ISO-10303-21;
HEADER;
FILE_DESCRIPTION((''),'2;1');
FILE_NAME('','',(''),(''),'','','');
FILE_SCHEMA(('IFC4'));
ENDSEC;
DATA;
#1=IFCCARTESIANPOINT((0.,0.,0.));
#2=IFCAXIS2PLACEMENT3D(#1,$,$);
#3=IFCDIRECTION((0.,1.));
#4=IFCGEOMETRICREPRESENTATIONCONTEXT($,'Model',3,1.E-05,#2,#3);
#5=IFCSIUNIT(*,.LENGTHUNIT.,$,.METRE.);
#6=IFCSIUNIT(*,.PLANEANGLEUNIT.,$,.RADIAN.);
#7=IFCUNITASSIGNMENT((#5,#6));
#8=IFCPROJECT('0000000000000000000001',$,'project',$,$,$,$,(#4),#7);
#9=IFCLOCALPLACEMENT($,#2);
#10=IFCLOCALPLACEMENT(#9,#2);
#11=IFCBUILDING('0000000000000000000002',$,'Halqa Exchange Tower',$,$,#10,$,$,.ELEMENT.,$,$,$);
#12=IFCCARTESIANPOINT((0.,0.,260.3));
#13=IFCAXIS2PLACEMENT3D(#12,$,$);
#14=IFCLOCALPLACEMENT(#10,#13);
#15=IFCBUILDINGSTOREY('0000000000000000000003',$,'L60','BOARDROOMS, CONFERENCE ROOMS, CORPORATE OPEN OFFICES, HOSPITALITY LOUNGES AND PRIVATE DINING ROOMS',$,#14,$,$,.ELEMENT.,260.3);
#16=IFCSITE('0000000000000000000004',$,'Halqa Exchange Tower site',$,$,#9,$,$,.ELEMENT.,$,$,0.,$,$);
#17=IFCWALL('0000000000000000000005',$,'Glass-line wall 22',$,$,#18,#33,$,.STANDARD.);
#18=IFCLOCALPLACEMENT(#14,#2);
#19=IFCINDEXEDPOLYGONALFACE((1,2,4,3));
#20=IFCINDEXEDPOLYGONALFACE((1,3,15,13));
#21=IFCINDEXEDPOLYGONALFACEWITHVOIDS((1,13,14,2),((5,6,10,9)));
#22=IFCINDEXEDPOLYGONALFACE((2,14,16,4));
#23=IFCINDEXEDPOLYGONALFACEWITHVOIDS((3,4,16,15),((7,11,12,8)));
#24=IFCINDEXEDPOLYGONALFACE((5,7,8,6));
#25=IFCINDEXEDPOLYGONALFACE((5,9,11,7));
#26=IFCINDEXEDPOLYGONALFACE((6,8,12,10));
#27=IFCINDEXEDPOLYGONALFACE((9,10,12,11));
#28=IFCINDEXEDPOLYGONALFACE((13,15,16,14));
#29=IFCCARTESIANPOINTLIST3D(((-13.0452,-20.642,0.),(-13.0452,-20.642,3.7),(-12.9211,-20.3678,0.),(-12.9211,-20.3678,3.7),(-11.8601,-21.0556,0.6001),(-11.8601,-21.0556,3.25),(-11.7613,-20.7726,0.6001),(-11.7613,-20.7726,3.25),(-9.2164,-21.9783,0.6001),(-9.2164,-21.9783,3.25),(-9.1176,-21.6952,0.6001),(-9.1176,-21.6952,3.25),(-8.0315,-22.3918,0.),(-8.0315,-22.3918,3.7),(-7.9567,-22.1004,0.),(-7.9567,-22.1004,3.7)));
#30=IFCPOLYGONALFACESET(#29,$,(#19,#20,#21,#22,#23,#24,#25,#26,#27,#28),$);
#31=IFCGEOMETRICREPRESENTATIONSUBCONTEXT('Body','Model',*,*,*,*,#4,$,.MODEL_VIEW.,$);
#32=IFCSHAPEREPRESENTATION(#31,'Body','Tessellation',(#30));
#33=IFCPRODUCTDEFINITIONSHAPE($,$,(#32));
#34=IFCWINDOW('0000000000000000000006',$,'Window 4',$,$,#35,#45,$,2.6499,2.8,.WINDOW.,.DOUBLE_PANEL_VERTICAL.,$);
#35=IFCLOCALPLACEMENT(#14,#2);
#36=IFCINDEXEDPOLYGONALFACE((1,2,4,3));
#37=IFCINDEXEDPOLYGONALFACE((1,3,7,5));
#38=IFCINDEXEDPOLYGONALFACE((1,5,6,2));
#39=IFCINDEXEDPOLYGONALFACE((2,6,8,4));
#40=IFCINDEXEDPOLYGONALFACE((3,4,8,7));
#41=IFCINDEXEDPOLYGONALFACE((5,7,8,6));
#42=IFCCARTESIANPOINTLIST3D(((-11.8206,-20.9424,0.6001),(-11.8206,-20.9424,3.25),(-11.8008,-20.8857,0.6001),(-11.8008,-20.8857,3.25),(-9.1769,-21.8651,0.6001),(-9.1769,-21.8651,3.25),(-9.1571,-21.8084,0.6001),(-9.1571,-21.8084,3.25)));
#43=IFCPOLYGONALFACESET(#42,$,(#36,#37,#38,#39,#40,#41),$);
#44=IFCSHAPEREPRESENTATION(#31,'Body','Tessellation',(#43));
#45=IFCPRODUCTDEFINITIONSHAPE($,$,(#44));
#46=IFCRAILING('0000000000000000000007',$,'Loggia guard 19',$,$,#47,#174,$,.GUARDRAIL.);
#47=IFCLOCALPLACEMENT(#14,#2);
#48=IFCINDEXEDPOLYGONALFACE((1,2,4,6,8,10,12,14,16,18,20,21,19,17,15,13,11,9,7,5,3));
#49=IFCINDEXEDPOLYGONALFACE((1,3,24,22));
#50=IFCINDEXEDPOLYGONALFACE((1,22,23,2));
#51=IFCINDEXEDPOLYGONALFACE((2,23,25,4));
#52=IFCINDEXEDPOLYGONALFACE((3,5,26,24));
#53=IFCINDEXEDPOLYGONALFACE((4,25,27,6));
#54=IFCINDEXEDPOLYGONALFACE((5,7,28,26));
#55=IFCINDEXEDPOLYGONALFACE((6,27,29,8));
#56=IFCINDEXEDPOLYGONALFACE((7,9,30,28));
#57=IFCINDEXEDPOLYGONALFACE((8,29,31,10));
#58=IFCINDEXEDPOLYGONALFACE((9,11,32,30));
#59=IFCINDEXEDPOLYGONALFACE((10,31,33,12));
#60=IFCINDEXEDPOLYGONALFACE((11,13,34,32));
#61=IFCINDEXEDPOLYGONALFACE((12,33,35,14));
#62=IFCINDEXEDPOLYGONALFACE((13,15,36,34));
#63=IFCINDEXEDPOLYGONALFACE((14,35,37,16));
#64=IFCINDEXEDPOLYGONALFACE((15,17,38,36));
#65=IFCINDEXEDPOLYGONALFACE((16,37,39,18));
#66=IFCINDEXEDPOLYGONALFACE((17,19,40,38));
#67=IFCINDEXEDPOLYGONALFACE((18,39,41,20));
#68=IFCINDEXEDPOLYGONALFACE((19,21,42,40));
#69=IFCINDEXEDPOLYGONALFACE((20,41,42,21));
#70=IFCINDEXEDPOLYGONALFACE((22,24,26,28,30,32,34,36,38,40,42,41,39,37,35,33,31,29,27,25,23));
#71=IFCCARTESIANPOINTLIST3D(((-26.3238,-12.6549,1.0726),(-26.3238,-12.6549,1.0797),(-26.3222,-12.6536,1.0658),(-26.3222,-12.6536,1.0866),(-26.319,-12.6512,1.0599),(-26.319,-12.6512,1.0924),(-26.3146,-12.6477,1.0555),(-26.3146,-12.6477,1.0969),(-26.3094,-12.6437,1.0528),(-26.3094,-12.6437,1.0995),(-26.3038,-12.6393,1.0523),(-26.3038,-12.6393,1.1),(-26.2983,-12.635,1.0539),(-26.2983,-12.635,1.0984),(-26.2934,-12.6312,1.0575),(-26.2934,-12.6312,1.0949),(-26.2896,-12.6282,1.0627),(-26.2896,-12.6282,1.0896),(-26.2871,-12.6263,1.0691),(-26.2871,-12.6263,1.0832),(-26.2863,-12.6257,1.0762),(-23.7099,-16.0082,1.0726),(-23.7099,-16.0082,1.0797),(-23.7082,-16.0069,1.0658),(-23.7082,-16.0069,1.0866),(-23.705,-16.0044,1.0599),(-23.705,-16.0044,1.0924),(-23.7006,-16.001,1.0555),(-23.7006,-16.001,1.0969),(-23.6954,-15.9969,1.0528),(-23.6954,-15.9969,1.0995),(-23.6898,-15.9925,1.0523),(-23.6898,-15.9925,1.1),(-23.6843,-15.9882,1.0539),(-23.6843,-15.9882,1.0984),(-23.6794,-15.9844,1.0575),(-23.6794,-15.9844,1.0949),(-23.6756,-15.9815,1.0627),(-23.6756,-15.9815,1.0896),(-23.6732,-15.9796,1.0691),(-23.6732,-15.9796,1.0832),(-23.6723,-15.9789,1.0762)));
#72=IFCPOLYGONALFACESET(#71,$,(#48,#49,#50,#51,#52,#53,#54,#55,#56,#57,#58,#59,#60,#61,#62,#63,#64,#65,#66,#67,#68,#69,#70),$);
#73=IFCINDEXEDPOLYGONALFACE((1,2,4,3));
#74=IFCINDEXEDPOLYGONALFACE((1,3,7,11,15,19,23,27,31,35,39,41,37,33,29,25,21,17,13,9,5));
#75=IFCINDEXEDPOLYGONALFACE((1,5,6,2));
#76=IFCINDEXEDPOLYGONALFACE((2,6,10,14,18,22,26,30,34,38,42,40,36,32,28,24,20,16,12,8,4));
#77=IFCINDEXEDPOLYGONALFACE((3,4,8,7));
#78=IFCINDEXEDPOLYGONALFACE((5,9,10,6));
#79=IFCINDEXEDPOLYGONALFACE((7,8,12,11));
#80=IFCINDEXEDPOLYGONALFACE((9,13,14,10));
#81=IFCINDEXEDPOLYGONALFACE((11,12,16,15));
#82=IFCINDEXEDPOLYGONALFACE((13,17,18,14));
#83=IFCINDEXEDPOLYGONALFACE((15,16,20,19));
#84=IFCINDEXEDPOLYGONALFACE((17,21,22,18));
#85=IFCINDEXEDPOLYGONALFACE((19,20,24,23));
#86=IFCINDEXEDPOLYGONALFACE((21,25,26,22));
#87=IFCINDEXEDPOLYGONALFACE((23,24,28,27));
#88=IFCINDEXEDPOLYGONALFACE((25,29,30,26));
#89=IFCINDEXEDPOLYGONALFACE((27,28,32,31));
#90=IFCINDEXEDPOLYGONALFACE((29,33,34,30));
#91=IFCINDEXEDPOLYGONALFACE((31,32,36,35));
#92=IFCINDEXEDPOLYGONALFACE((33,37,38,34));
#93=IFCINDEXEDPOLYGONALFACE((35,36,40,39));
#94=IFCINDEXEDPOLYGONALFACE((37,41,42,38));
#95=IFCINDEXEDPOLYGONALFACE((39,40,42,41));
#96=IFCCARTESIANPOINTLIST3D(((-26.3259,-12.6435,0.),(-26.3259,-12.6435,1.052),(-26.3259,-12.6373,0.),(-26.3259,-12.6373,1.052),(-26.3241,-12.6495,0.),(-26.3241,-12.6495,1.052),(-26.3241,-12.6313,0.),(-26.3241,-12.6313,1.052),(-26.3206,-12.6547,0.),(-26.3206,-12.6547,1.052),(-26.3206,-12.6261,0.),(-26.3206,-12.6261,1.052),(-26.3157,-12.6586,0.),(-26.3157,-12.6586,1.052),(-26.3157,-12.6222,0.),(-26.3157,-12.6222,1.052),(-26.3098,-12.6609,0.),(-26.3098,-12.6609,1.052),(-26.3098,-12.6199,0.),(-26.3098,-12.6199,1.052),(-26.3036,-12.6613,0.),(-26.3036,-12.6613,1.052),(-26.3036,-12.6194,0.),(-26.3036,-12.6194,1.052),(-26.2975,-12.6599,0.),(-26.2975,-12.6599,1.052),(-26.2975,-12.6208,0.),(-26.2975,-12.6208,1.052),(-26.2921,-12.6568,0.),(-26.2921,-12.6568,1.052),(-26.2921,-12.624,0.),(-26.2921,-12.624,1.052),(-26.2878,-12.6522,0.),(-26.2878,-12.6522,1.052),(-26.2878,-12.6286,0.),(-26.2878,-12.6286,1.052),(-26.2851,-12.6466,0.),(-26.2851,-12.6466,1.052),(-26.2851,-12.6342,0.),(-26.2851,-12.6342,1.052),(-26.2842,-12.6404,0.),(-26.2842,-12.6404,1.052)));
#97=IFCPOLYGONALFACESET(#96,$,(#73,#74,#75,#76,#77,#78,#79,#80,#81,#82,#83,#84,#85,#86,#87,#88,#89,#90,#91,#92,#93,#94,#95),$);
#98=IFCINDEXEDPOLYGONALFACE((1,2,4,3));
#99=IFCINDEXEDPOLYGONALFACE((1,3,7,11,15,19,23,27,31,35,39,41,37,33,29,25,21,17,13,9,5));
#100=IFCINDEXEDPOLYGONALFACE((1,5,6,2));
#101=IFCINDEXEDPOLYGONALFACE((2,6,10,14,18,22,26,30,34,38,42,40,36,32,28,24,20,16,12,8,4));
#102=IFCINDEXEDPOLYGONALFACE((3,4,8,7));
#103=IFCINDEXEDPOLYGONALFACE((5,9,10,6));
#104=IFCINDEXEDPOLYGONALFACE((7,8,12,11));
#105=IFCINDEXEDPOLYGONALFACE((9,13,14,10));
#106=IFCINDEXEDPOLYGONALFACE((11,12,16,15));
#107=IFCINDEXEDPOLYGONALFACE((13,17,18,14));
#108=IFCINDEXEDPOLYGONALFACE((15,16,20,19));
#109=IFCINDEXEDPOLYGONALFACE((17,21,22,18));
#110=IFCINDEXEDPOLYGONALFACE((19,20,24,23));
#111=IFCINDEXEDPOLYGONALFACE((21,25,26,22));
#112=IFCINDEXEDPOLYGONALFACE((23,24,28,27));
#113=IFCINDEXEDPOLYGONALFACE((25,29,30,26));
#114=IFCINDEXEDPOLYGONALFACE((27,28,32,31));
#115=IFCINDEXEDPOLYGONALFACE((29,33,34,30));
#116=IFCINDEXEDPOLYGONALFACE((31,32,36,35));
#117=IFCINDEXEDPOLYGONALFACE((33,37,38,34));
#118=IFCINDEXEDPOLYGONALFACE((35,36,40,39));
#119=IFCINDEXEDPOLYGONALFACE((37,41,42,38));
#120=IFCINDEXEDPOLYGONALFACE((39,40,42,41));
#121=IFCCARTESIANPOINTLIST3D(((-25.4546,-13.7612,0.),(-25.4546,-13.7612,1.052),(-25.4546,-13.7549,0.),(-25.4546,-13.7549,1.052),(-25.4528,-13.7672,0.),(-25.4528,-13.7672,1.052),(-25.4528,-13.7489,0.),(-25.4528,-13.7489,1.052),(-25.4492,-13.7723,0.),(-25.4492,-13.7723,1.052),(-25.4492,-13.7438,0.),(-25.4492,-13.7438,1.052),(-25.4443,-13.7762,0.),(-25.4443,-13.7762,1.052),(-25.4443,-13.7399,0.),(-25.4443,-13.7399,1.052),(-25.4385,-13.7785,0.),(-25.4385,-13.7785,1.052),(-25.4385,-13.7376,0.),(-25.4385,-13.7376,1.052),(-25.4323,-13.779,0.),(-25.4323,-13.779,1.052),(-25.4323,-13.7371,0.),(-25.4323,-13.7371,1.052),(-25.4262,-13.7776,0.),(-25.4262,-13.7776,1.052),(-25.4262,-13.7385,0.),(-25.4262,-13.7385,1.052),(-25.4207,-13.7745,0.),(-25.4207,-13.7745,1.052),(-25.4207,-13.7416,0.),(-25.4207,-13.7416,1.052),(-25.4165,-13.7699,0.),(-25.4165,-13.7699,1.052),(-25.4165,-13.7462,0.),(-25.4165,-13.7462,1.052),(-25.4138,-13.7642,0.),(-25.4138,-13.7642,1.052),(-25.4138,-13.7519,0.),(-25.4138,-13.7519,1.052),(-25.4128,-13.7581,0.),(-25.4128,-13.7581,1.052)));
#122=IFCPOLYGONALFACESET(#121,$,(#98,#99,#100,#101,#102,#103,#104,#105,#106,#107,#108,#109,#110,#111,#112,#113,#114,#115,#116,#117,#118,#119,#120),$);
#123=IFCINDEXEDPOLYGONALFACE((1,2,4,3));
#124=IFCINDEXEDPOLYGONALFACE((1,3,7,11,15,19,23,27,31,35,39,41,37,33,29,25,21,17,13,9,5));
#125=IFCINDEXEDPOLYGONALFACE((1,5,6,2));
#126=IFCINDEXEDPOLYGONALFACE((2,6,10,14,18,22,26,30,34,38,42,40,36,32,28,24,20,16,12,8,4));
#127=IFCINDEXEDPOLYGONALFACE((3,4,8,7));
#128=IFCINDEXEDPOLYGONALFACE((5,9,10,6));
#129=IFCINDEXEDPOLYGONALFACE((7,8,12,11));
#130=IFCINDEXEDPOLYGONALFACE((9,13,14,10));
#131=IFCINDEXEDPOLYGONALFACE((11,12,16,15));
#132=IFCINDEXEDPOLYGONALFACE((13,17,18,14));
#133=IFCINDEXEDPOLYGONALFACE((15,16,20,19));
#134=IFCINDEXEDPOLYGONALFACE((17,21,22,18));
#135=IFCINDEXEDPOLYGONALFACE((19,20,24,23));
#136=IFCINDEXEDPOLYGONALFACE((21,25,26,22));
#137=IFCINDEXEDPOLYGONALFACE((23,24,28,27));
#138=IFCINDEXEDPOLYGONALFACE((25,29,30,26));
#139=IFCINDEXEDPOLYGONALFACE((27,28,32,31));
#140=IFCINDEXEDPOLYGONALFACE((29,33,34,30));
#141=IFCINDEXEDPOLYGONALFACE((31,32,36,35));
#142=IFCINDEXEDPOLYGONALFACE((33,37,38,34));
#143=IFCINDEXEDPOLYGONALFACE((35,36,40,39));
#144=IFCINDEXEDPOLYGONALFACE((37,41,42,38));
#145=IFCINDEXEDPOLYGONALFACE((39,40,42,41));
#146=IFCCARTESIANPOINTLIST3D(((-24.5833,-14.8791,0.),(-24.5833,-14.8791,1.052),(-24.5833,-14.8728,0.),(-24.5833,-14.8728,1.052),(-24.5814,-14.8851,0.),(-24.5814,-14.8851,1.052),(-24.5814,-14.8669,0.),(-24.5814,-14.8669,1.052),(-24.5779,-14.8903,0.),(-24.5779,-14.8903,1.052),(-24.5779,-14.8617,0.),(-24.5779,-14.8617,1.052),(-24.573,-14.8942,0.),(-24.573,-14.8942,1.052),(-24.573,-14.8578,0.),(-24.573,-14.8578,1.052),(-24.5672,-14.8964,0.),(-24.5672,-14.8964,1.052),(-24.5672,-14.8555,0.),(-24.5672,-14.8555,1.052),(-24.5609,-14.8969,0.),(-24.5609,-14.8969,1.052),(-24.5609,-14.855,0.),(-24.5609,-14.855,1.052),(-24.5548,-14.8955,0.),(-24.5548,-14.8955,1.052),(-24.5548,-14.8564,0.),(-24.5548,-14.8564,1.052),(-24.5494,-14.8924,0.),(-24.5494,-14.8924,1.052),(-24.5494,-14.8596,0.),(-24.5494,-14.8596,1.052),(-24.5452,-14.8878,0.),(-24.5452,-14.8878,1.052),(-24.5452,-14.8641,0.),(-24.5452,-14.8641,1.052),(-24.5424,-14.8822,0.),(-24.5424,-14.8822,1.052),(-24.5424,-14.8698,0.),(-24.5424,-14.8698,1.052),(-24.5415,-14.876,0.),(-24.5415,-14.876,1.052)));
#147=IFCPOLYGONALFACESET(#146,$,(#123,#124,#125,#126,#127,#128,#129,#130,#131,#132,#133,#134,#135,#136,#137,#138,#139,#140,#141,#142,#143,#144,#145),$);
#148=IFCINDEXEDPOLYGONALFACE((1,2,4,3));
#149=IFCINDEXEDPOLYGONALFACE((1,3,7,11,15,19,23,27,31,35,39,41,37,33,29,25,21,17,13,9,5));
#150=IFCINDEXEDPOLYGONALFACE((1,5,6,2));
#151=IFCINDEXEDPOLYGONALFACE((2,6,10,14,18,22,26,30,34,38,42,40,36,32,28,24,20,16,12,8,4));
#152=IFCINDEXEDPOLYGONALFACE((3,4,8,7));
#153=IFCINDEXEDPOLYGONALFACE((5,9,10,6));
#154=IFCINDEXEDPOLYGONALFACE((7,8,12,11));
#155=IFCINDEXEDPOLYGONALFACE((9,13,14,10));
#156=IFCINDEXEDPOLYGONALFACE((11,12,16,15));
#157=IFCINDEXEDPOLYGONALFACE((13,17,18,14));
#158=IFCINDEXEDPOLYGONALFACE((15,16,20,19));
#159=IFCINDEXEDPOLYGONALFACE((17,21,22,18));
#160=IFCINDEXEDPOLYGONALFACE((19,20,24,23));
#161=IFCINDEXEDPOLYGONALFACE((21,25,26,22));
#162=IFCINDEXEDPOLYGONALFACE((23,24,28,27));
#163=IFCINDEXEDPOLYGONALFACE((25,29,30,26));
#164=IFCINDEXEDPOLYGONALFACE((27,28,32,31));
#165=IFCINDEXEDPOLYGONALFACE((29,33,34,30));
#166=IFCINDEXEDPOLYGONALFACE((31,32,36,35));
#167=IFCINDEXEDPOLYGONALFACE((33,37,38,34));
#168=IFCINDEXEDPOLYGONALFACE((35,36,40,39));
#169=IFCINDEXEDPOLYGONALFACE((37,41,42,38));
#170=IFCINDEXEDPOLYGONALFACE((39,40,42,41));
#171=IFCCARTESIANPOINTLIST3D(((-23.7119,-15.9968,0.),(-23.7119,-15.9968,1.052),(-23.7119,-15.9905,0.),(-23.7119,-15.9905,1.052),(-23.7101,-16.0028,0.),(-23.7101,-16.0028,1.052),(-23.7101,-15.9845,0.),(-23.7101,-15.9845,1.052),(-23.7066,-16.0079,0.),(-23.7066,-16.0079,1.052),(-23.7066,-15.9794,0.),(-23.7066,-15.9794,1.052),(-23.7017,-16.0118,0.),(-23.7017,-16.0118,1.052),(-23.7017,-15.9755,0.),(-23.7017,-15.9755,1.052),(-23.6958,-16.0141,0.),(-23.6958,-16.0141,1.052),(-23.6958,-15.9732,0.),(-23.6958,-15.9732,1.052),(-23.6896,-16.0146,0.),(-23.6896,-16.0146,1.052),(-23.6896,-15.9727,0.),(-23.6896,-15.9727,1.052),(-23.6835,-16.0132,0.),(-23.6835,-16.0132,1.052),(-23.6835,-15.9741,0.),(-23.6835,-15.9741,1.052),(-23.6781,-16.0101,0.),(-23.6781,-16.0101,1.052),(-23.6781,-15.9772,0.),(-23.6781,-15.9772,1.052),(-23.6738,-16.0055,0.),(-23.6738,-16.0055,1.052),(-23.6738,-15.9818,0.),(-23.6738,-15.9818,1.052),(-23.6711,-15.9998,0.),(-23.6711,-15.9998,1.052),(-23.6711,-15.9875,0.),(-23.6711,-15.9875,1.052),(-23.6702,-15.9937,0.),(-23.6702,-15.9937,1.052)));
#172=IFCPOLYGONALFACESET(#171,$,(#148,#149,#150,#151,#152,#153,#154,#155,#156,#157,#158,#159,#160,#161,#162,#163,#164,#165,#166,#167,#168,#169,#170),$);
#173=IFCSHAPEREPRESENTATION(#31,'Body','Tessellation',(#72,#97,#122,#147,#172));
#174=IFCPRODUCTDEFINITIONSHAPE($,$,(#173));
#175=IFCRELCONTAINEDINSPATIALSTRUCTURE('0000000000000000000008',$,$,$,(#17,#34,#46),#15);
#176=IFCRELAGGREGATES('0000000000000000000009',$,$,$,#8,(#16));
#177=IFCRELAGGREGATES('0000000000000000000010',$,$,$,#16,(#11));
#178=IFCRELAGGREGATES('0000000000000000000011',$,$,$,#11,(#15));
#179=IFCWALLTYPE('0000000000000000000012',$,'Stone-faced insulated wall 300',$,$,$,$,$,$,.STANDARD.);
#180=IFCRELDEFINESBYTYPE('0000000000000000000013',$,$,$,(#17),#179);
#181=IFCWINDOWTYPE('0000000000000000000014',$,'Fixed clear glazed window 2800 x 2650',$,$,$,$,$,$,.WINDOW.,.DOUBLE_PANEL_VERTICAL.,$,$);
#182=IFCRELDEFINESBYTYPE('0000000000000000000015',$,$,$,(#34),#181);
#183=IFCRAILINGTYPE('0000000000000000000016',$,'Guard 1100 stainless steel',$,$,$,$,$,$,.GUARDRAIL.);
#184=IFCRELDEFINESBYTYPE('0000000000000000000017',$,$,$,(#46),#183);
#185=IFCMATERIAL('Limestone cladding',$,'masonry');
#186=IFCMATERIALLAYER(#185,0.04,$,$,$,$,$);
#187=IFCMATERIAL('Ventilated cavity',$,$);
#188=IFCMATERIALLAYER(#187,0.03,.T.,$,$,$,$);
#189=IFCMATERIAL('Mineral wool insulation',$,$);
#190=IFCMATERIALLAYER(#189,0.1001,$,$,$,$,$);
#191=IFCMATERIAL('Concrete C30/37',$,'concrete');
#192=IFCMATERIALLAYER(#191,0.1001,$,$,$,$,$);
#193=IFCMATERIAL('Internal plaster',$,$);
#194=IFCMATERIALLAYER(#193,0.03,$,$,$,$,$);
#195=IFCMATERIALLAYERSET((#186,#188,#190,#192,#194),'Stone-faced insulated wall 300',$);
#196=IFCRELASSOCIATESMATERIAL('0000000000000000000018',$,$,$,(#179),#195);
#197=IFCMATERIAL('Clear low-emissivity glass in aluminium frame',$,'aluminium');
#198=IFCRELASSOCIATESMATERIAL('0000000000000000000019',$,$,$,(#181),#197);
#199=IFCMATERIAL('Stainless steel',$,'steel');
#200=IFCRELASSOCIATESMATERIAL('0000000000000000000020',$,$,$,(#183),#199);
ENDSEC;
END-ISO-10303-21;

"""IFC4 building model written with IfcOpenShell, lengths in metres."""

from ifc_helpers import new_model, si_unit, direction, frame, frame_2d, origin, origin_2d, place, context, subcontext, project, spatial, polyline, rectangle, circle, outline, extrude, material, layer, layer_set, type_object, element, fill, save


model = new_model("IFC4")

# Units and contexts
model_context = context("Model", 3, precision=1e-05, world=origin(), true_north=direction((0.0, 1.0)))
body_context = subcontext(model_context, "Body", "Model", "MODEL_VIEW")
ifc_project = project(units=[si_unit("LENGTHUNIT", "METRE"), si_unit("PLANEANGLEUNIT", "RADIAN")], contexts=[model_context])

# Site, building, storey
site_placement = place(None, origin())
site = spatial("IfcSite", under=ifc_project, at=site_placement, Name="Halqa Exchange Tower site", CompositionType="ELEMENT", RefElevation=0.0)
building_placement = place(site_placement, origin())
building = spatial("IfcBuilding", under=site, at=building_placement, Name="Halqa Exchange Tower", CompositionType="ELEMENT")
storey_placement = place(building_placement, frame((0.0, 0.0, 260.3)))
storey = spatial("IfcBuildingStorey", under=building, at=storey_placement, Name="L60", Description="BOARDROOMS, CONFERENCE ROOMS, CORPORATE OPEN OFFICES, HOSPITALITY LOUNGES AND PRIVATE DINING ROOMS", CompositionType="ELEMENT", Elevation=260.3)

# Shared definitions
ifc_material_1 = material(Name="Limestone cladding", Category="masonry")
ifc_layer_1 = layer(ifc_material_1, 0.04)
ifc_material_2 = material(Name="Ventilated cavity")
ifc_layer_2 = layer(ifc_material_2, 0.03, ventilated=True)
ifc_material_3 = material(Name="Mineral wool insulation")
ifc_layer_3 = layer(ifc_material_3, 0.1001)
ifc_material_4 = material(Name="Concrete C30/37", Category="concrete")
ifc_layer_4 = layer(ifc_material_4, 0.1001)
ifc_material_5 = material(Name="Internal plaster")
ifc_layer_5 = layer(ifc_material_5, 0.03)
ifc_layer_set_1 = layer_set([ifc_layer_1, ifc_layer_2, ifc_layer_3, ifc_layer_4, ifc_layer_5], Name="Stone-faced insulated wall 300")
wall_type_1 = type_object("IfcWallType", Name="Stone-faced insulated wall 300", PredefinedType="STANDARD", material=ifc_layer_set_1)
ifc_material_6 = material(Name="Clear low-emissivity glass in aluminium frame", Category="aluminium")

# Wall, opening, window
window_type = type_object("IfcWindowType", Name="Fixed clear glazed window 2800 x 2650", PartitioningType="DOUBLE_PANEL_VERTICAL", PredefinedType="WINDOW", material=ifc_material_6)
wall_1_placement = place(storey_placement, frame((-12.9832, -20.5049, 0.0), z_axis=(0.0, 0.0, 1.0), x_axis=(0.94415, -0.329517, 0.0)))
wall_1 = element("IfcWall", 1, at=wall_1_placement, inside=storey, type_object=wall_type_1, Name="Glass-line wall 22", PredefinedType="STANDARD", context=body_context, shape_type="SweptSolid", body=[
    extrude(outline(polyline([(-0.0134, -0.1499), (5.2969, -0.1499), (5.2715, 0.1499), (0.0134, 0.1499), (-0.0134, -0.1499)])), origin(), (0.0, 0.0, 1.0), 3.7),
])
opening_1_placement = place(wall_1_placement, frame((1.2419, 0.0, 0.6001)))
opening_1 = element("IfcOpeningElement", 2, at=opening_1_placement, cuts=wall_1, PredefinedType="OPENING", context=body_context, shape_type="SweptSolid", body=[
    extrude(rectangle(XDim=2.8, YDim=2.6499, at=frame_2d((1.3999, 1.325))), frame((0.0, 0.1621, 0.0), z_axis=(0.0, -1.0, 0.0), x_axis=(1.0, 0.0, 0.0)), (0.0, 0.0, 1.0), 0.324),
])
window_1_placement = place(opening_1_placement, origin())
window_1 = element("IfcWindow", 3, at=window_1_placement, inside=storey, type_object=window_type, Name="Window 4", OverallHeight=2.6499, OverallWidth=2.8, PartitioningType="DOUBLE_PANEL_VERTICAL", PredefinedType="WINDOW", context=body_context, shape_type="SweptSolid", body=[
    extrude(rectangle(XDim=2.8, YDim=2.6499, at=frame_2d((1.3999, 1.325))), frame((0.0, 0.03, 0.0), z_axis=(0.0, -1.0, 0.0), x_axis=(1.0, 0.0, 0.0)), (0.0, 0.0, 1.0), 0.0601),
])
fill(opening_1, window_1)

# Railing
ifc_material_7 = material(Name="Stainless steel", Category="steel")
railing_type = type_object("IfcRailingType", Name="Guard 1100 stainless steel", PredefinedType="GUARDRAIL", material=ifc_material_7)
railing_1_placement = place(storey_placement, frame((-26.3052, -12.6404, 0.0)))
element("IfcRailing", 4, at=railing_1_placement, inside=storey, type_object=railing_type, Name="Loggia guard 19", PredefinedType="GUARDRAIL", context=body_context, shape_type="SweptSolid", body=[
    extrude(circle(Radius=0.0239, at=origin_2d()), frame((0.0, 0.0, 1.0762), z_axis=(0.614807, -0.788678, 0.0), x_axis=(0.788678, 0.614807, 0.0)), (0.0, 0.0, 1.0), 4.2517),
    extrude(circle(Radius=0.021, at=origin_2d()), origin(), (0.0, 0.0, 1.0), 1.052),
    extrude(circle(Radius=0.021, at=origin_2d()), frame((0.8713, -1.1177, 0.0)), (0.0, 0.0, 1.0), 1.052),
    extrude(circle(Radius=0.021, at=origin_2d()), frame((1.7427, -2.2356, 0.0)), (0.0, 0.0, 1.0), 1.052),
    extrude(circle(Radius=0.021, at=origin_2d()), frame((2.614, -3.3533, 0.0)), (0.0, 0.0, 1.0), 1.052),
])

save(model, "model.ifc")
